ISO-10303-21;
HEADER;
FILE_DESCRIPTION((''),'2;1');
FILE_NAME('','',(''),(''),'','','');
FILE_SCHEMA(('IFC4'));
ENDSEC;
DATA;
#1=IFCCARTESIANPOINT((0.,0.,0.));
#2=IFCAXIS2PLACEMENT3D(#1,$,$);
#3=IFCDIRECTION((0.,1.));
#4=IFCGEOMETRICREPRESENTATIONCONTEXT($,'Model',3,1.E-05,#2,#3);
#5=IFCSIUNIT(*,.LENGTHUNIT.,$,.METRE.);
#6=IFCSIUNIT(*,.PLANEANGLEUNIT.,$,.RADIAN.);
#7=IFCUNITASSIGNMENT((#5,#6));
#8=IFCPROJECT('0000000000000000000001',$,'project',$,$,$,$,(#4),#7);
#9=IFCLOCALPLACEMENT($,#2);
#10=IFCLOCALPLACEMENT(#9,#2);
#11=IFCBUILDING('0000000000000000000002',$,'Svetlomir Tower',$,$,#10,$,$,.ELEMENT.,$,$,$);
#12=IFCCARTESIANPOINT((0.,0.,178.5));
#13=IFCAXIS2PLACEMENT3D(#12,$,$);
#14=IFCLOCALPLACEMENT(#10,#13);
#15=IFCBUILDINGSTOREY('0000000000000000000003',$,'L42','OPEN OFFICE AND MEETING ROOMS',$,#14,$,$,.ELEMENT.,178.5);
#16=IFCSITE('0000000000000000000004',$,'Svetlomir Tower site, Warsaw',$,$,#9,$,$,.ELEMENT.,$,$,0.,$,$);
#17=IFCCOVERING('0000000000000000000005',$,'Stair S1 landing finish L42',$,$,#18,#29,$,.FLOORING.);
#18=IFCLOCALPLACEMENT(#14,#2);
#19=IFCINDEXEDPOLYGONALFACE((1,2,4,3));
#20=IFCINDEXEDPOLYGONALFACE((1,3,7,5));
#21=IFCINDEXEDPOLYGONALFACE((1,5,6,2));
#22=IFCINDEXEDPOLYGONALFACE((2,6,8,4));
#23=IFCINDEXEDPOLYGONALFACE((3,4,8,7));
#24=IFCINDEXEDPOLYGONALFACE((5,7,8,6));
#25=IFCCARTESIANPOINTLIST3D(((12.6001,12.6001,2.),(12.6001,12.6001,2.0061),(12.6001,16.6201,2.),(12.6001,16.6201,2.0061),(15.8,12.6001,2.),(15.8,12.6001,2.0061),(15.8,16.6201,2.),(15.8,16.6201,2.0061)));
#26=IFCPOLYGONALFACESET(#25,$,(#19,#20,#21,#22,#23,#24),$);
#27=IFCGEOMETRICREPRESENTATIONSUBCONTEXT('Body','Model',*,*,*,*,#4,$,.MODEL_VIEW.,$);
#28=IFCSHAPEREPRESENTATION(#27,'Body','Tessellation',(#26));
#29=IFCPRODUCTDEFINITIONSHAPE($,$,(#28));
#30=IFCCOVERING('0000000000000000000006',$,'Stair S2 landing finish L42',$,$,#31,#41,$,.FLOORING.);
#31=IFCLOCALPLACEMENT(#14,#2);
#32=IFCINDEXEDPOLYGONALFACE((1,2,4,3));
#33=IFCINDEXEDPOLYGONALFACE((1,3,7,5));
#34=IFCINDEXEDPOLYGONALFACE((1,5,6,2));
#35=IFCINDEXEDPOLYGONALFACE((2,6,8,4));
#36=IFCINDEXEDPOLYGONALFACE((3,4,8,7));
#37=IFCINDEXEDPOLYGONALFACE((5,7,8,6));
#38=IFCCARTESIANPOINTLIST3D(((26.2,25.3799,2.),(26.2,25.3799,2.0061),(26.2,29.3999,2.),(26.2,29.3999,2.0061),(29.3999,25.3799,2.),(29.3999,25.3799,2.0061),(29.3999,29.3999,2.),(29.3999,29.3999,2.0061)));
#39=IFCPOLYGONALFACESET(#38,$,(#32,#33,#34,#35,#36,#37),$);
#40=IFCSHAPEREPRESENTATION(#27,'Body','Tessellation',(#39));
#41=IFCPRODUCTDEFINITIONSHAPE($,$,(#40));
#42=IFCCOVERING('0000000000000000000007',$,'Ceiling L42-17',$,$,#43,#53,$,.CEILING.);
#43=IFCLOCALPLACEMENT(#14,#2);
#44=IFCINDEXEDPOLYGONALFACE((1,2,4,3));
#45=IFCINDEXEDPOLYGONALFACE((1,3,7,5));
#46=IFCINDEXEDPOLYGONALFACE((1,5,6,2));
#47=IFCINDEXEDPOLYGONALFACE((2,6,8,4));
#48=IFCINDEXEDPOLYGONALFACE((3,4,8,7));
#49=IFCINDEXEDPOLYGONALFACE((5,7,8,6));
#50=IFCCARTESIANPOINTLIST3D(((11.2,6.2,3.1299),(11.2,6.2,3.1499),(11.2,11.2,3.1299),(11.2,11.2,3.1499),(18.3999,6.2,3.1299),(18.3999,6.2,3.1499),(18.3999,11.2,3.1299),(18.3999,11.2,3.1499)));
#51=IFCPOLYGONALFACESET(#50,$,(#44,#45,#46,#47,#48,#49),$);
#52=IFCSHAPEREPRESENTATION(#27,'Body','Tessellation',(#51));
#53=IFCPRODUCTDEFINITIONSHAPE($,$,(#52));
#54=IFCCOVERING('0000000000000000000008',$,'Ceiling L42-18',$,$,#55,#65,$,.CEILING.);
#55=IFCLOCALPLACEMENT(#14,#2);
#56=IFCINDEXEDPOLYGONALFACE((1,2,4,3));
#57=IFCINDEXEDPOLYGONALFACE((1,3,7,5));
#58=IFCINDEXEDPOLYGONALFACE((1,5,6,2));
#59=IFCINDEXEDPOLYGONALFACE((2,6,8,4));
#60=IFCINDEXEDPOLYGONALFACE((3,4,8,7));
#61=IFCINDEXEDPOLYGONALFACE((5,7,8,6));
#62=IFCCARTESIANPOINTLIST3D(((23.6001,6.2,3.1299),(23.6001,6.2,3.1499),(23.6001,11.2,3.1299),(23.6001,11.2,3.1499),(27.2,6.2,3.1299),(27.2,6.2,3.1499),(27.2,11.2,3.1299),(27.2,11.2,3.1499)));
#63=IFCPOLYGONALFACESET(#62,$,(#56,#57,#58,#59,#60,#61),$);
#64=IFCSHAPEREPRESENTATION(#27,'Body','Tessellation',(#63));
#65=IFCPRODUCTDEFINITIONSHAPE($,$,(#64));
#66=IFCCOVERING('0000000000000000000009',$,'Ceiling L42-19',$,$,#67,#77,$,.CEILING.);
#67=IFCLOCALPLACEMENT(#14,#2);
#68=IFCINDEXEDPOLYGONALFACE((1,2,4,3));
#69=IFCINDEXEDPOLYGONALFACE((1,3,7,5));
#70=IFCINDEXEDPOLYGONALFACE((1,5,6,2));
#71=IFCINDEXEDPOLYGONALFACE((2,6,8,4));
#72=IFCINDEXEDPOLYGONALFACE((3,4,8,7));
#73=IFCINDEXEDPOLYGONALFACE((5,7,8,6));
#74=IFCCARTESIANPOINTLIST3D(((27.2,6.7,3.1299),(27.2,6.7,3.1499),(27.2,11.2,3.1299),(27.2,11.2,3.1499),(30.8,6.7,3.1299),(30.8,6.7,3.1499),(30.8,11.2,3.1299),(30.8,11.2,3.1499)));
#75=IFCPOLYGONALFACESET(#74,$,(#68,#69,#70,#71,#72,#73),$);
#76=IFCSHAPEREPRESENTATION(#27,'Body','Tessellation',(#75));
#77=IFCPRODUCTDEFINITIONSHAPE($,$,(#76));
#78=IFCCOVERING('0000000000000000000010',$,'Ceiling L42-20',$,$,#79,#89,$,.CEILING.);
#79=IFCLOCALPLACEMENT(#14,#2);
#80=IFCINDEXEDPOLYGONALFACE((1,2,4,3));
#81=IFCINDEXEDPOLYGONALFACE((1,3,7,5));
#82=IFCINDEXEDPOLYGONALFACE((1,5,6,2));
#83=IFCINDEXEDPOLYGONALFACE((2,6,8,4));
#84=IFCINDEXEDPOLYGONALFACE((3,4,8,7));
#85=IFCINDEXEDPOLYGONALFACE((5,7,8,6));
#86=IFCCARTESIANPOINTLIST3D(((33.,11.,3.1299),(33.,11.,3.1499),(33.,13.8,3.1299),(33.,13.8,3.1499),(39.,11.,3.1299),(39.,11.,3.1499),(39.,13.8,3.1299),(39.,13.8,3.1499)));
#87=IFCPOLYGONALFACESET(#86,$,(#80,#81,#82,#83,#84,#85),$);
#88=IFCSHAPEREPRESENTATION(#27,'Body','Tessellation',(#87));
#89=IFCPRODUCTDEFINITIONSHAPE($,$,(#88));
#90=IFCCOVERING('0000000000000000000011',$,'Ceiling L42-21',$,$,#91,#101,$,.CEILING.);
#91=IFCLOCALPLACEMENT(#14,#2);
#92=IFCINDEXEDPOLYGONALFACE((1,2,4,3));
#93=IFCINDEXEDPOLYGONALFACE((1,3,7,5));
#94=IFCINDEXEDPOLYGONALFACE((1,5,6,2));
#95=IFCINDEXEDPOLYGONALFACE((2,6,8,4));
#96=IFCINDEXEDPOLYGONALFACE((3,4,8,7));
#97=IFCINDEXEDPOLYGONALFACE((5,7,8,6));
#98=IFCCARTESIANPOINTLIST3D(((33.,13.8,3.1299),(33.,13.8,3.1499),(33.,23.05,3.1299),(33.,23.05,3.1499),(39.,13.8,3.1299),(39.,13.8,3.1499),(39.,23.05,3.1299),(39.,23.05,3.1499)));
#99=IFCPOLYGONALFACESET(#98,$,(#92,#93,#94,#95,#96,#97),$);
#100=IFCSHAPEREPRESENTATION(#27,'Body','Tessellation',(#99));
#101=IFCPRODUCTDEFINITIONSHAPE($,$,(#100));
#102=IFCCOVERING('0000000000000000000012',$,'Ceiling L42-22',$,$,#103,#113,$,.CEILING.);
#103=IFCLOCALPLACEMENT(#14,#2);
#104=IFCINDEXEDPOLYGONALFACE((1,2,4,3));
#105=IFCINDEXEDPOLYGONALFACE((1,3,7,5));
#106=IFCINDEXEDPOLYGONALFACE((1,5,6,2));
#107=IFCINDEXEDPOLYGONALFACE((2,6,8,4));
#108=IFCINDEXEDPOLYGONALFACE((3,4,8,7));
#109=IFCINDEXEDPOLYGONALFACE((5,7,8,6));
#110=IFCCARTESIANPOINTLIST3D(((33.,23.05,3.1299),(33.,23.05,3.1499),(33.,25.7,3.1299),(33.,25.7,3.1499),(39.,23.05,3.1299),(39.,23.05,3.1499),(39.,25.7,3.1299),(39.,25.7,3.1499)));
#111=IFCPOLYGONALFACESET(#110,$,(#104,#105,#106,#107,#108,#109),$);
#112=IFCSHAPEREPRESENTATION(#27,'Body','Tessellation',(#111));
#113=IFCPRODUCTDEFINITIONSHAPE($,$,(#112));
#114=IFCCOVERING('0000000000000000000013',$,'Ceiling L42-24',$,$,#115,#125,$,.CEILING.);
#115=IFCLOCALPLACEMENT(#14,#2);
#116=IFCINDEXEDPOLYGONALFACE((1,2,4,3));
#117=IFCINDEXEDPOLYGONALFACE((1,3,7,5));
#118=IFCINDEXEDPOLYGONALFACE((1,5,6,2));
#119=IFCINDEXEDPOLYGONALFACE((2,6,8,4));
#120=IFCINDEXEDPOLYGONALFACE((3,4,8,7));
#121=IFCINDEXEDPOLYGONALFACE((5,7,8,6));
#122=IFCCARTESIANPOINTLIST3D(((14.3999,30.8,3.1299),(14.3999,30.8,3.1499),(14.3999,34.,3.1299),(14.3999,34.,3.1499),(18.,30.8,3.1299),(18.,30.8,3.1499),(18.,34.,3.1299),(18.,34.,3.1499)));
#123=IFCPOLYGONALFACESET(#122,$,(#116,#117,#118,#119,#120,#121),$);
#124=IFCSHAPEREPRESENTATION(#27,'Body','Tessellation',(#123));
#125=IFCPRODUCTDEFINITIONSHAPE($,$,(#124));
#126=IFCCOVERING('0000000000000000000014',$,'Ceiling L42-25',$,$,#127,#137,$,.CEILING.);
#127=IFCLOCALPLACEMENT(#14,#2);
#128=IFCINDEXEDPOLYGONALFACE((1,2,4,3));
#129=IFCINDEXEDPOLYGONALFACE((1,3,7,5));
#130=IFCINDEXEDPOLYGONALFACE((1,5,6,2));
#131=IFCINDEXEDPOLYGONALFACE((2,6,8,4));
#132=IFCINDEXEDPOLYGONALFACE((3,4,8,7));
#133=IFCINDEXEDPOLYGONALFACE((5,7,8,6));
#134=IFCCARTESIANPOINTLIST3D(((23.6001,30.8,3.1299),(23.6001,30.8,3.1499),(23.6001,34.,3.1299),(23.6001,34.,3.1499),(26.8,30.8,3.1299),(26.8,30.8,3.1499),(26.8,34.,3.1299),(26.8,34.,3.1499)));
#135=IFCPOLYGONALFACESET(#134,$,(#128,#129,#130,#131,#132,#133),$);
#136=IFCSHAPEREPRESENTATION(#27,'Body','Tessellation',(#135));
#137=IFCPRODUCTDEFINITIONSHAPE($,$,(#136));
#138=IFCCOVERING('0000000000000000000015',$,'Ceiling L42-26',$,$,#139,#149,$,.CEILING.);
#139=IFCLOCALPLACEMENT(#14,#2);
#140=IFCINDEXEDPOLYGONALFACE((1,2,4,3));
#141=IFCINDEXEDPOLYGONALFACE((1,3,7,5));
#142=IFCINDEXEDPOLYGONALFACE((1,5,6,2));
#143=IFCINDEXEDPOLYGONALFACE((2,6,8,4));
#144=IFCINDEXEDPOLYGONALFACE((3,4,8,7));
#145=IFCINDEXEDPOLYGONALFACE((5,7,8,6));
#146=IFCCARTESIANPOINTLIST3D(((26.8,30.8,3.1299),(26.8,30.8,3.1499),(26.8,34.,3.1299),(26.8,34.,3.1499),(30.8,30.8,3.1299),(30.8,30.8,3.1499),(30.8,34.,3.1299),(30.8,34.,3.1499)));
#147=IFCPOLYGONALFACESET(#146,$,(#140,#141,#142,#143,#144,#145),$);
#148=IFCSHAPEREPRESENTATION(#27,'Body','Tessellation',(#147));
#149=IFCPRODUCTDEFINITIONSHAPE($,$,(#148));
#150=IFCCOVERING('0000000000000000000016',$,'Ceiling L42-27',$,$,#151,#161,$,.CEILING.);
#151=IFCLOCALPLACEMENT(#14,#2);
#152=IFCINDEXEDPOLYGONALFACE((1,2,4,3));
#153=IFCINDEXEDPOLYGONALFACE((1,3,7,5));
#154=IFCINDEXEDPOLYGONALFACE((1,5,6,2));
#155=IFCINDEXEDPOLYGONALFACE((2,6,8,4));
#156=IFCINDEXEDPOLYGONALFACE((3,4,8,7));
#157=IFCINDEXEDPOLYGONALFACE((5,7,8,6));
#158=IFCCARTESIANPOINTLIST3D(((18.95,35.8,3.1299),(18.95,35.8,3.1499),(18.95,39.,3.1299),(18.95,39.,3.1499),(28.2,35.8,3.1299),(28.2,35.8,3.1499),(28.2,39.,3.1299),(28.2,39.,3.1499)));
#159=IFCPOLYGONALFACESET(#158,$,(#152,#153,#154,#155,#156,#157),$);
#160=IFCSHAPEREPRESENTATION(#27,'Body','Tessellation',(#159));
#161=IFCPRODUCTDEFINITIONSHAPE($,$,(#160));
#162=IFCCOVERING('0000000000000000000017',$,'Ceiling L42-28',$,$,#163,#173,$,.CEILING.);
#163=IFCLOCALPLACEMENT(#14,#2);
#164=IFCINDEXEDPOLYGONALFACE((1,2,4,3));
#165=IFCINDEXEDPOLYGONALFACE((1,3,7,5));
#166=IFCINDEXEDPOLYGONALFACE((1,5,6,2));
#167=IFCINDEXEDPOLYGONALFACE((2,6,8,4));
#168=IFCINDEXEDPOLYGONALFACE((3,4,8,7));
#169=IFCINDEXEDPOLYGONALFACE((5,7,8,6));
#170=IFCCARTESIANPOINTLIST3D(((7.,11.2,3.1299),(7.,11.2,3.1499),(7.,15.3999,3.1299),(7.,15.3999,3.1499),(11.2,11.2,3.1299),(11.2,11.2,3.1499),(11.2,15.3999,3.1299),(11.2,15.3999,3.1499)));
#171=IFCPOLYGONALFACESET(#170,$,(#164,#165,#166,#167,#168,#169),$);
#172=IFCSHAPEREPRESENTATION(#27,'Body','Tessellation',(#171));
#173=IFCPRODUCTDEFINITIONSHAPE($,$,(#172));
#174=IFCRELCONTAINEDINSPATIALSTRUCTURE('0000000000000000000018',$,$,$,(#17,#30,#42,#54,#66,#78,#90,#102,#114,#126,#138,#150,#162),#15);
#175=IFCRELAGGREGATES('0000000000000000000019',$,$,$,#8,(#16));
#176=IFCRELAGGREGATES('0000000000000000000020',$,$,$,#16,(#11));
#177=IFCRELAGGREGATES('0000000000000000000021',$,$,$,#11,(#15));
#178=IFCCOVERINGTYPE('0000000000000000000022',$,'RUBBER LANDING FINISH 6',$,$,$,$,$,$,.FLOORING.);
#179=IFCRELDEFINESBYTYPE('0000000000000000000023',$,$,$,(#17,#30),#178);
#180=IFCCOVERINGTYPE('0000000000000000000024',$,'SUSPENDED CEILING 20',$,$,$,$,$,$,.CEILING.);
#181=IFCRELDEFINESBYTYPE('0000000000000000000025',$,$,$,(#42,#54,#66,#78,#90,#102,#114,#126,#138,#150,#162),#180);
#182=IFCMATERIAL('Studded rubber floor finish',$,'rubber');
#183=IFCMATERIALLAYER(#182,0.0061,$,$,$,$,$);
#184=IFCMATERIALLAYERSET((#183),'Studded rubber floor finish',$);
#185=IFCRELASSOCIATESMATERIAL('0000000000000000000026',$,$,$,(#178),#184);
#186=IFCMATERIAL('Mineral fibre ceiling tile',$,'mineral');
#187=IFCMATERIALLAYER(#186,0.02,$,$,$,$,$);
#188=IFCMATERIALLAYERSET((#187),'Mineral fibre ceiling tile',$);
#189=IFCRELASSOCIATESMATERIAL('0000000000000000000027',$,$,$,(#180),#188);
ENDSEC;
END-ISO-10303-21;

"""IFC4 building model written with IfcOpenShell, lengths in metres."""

from ifc_helpers import new_model, si_unit, direction, frame, origin, place, context, subcontext, project, spatial, polyline, outline, extrude, material, layer, layer_set, type_object, element, save


model = new_model("IFC4")

# Units and contexts
model_context = context("Model", 3, precision=1e-05, world=origin(), true_north=direction((0.0, 1.0)))
body_context = subcontext(model_context, "Body", "Model", "MODEL_VIEW")
ifc_project = project(units=[si_unit("LENGTHUNIT", "METRE"), si_unit("PLANEANGLEUNIT", "RADIAN")], contexts=[model_context])

# Site, building, storey
site_placement = place(None, origin())
site = spatial("IfcSite", under=ifc_project, at=site_placement, Name="Svetlomir Tower site, Warsaw", CompositionType="ELEMENT", RefElevation=0.0)
building_placement = place(site_placement, origin())
building = spatial("IfcBuilding", under=site, at=building_placement, Name="Svetlomir Tower", CompositionType="ELEMENT")
storey_placement = place(building_placement, frame((0.0, 0.0, 178.5)))
storey = spatial("IfcBuildingStorey", under=building, at=storey_placement, Name="L42", Description="OPEN OFFICE AND MEETING ROOMS", CompositionType="ELEMENT", Elevation=178.5)

# Coverings
ifc_material_1 = material(Name="Studded rubber floor finish", Category="rubber")
ifc_layer_1 = layer(ifc_material_1, 0.0061)
ifc_layer_set_1 = layer_set([ifc_layer_1], Name="Studded rubber floor finish")
covering_type_1 = type_object("IfcCoveringType", Name="RUBBER LANDING FINISH 6", PredefinedType="FLOORING", material=ifc_layer_set_1)
covering_1_placement = place(storey_placement, frame((0.0, 0.0, 2.0)))
element("IfcCovering", 1, at=covering_1_placement, inside=storey, type_object=covering_type_1, Name="Stair S1 landing finish L42", PredefinedType="FLOORING", context=body_context, shape_type="SweptSolid", body=[
    extrude(outline(polyline([(12.6001, 12.6001), (15.8, 12.6001), (15.8, 16.6201), (12.6001, 16.6201), (12.6001, 12.6001)])), origin(), (0.0, 0.0, 1.0), 0.0061),
])
covering_2_placement = place(storey_placement, frame((0.0, 0.0, 2.0)))
element("IfcCovering", 2, at=covering_2_placement, inside=storey, type_object=covering_type_1, Name="Stair S2 landing finish L42", PredefinedType="FLOORING", context=body_context, shape_type="SweptSolid", body=[
    extrude(outline(polyline([(26.2, 25.3799), (29.3999, 25.3799), (29.3999, 29.3999), (26.2, 29.3999), (26.2, 25.3799)])), origin(), (0.0, 0.0, 1.0), 0.0061),
])
ifc_material_2 = material(Name="Mineral fibre ceiling tile", Category="mineral")
ifc_layer_2 = layer(ifc_material_2, 0.02)
ifc_layer_set_2 = layer_set([ifc_layer_2], Name="Mineral fibre ceiling tile")
covering_type_2 = type_object("IfcCoveringType", Name="SUSPENDED CEILING 20", PredefinedType="CEILING", material=ifc_layer_set_2)
covering_3_placement = place(storey_placement, frame((0.0, 0.0, 3.1299)))
element("IfcCovering", 3, at=covering_3_placement, inside=storey, type_object=covering_type_2, Name="Ceiling L42-17", PredefinedType="CEILING", context=body_context, shape_type="SweptSolid", body=[
    extrude(outline(polyline([(11.2, 6.2), (18.3999, 6.2), (18.3999, 11.2), (11.2, 11.2), (11.2, 6.2)])), origin(), (0.0, 0.0, 1.0), 0.02),
])
covering_4_placement = place(storey_placement, frame((0.0, 0.0, 3.1299)))
element("IfcCovering", 4, at=covering_4_placement, inside=storey, type_object=covering_type_2, Name="Ceiling L42-18", PredefinedType="CEILING", context=body_context, shape_type="SweptSolid", body=[
    extrude(outline(polyline([(23.6001, 6.2), (27.2, 6.2), (27.2, 11.2), (23.6001, 11.2), (23.6001, 6.2)])), origin(), (0.0, 0.0, 1.0), 0.02),
])
covering_5_placement = place(storey_placement, frame((0.0, 0.0, 3.1299)))
element("IfcCovering", 5, at=covering_5_placement, inside=storey, type_object=covering_type_2, Name="Ceiling L42-19", PredefinedType="CEILING", context=body_context, shape_type="SweptSolid", body=[
    extrude(outline(polyline([(27.2, 6.7), (30.8, 6.7), (30.8, 11.2), (27.2, 11.2), (27.2, 6.7)])), origin(), (0.0, 0.0, 1.0), 0.02),
])
covering_6_placement = place(storey_placement, frame((0.0, 0.0, 3.1299)))
element("IfcCovering", 6, at=covering_6_placement, inside=storey, type_object=covering_type_2, Name="Ceiling L42-20", PredefinedType="CEILING", context=body_context, shape_type="SweptSolid", body=[
    extrude(outline(polyline([(33.0, 11.0), (39.0, 11.0), (39.0, 13.8), (33.0, 13.8), (33.0, 11.0)])), origin(), (0.0, 0.0, 1.0), 0.02),
])
covering_7_placement = place(storey_placement, frame((0.0, 0.0, 3.1299)))
element("IfcCovering", 7, at=covering_7_placement, inside=storey, type_object=covering_type_2, Name="Ceiling L42-21", PredefinedType="CEILING", context=body_context, shape_type="SweptSolid", body=[
    extrude(outline(polyline([(33.0, 13.8), (39.0, 13.8), (39.0, 23.05), (33.0, 23.05), (33.0, 13.8)])), origin(), (0.0, 0.0, 1.0), 0.02),
])
covering_8_placement = place(storey_placement, frame((0.0, 0.0, 3.1299)))
element("IfcCovering", 8, at=covering_8_placement, inside=storey, type_object=covering_type_2, Name="Ceiling L42-22", PredefinedType="CEILING", context=body_context, shape_type="SweptSolid", body=[
    extrude(outline(polyline([(33.0, 23.05), (39.0, 23.05), (39.0, 25.7), (33.0, 25.7), (33.0, 23.05)])), origin(), (0.0, 0.0, 1.0), 0.02),
])
covering_9_placement = place(storey_placement, frame((0.0, 0.0, 3.1299)))
element("IfcCovering", 9, at=covering_9_placement, inside=storey, type_object=covering_type_2, Name="Ceiling L42-24", PredefinedType="CEILING", context=body_context, shape_type="SweptSolid", body=[
    extrude(outline(polyline([(14.3999, 30.8), (18.0, 30.8), (18.0, 34.0), (14.3999, 34.0), (14.3999, 30.8)])), origin(), (0.0, 0.0, 1.0), 0.02),
])
covering_10_placement = place(storey_placement, frame((0.0, 0.0, 3.1299)))
element("IfcCovering", 10, at=covering_10_placement, inside=storey, type_object=covering_type_2, Name="Ceiling L42-25", PredefinedType="CEILING", context=body_context, shape_type="SweptSolid", body=[
    extrude(outline(polyline([(23.6001, 30.8), (26.8, 30.8), (26.8, 34.0), (23.6001, 34.0), (23.6001, 30.8)])), origin(), (0.0, 0.0, 1.0), 0.02),
])
covering_11_placement = place(storey_placement, frame((0.0, 0.0, 3.1299)))
element("IfcCovering", 11, at=covering_11_placement, inside=storey, type_object=covering_type_2, Name="Ceiling L42-26", PredefinedType="CEILING", context=body_context, shape_type="SweptSolid", body=[
    extrude(outline(polyline([(26.8, 30.8), (30.8, 30.8), (30.8, 34.0), (26.8, 34.0), (26.8, 30.8)])), origin(), (0.0, 0.0, 1.0), 0.02),
])
covering_12_placement = place(storey_placement, frame((0.0, 0.0, 3.1299)))
element("IfcCovering", 12, at=covering_12_placement, inside=storey, type_object=covering_type_2, Name="Ceiling L42-27", PredefinedType="CEILING", context=body_context, shape_type="SweptSolid", body=[
    extrude(outline(polyline([(18.95, 35.8), (28.2, 35.8), (28.2, 39.0), (18.95, 39.0), (18.95, 35.8)])), origin(), (0.0, 0.0, 1.0), 0.02),
])
covering_13_placement = place(storey_placement, frame((0.0, 0.0, 3.1299)))
element("IfcCovering", 13, at=covering_13_placement, inside=storey, type_object=covering_type_2, Name="Ceiling L42-28", PredefinedType="CEILING", context=body_context, shape_type="SweptSolid", body=[
    extrude(outline(polyline([(7.0, 11.2), (11.2, 11.2), (11.2, 15.3999), (7.0, 15.3999), (7.0, 11.2)])), origin(), (0.0, 0.0, 1.0), 0.02),
])

save(model, "model.ifc")
